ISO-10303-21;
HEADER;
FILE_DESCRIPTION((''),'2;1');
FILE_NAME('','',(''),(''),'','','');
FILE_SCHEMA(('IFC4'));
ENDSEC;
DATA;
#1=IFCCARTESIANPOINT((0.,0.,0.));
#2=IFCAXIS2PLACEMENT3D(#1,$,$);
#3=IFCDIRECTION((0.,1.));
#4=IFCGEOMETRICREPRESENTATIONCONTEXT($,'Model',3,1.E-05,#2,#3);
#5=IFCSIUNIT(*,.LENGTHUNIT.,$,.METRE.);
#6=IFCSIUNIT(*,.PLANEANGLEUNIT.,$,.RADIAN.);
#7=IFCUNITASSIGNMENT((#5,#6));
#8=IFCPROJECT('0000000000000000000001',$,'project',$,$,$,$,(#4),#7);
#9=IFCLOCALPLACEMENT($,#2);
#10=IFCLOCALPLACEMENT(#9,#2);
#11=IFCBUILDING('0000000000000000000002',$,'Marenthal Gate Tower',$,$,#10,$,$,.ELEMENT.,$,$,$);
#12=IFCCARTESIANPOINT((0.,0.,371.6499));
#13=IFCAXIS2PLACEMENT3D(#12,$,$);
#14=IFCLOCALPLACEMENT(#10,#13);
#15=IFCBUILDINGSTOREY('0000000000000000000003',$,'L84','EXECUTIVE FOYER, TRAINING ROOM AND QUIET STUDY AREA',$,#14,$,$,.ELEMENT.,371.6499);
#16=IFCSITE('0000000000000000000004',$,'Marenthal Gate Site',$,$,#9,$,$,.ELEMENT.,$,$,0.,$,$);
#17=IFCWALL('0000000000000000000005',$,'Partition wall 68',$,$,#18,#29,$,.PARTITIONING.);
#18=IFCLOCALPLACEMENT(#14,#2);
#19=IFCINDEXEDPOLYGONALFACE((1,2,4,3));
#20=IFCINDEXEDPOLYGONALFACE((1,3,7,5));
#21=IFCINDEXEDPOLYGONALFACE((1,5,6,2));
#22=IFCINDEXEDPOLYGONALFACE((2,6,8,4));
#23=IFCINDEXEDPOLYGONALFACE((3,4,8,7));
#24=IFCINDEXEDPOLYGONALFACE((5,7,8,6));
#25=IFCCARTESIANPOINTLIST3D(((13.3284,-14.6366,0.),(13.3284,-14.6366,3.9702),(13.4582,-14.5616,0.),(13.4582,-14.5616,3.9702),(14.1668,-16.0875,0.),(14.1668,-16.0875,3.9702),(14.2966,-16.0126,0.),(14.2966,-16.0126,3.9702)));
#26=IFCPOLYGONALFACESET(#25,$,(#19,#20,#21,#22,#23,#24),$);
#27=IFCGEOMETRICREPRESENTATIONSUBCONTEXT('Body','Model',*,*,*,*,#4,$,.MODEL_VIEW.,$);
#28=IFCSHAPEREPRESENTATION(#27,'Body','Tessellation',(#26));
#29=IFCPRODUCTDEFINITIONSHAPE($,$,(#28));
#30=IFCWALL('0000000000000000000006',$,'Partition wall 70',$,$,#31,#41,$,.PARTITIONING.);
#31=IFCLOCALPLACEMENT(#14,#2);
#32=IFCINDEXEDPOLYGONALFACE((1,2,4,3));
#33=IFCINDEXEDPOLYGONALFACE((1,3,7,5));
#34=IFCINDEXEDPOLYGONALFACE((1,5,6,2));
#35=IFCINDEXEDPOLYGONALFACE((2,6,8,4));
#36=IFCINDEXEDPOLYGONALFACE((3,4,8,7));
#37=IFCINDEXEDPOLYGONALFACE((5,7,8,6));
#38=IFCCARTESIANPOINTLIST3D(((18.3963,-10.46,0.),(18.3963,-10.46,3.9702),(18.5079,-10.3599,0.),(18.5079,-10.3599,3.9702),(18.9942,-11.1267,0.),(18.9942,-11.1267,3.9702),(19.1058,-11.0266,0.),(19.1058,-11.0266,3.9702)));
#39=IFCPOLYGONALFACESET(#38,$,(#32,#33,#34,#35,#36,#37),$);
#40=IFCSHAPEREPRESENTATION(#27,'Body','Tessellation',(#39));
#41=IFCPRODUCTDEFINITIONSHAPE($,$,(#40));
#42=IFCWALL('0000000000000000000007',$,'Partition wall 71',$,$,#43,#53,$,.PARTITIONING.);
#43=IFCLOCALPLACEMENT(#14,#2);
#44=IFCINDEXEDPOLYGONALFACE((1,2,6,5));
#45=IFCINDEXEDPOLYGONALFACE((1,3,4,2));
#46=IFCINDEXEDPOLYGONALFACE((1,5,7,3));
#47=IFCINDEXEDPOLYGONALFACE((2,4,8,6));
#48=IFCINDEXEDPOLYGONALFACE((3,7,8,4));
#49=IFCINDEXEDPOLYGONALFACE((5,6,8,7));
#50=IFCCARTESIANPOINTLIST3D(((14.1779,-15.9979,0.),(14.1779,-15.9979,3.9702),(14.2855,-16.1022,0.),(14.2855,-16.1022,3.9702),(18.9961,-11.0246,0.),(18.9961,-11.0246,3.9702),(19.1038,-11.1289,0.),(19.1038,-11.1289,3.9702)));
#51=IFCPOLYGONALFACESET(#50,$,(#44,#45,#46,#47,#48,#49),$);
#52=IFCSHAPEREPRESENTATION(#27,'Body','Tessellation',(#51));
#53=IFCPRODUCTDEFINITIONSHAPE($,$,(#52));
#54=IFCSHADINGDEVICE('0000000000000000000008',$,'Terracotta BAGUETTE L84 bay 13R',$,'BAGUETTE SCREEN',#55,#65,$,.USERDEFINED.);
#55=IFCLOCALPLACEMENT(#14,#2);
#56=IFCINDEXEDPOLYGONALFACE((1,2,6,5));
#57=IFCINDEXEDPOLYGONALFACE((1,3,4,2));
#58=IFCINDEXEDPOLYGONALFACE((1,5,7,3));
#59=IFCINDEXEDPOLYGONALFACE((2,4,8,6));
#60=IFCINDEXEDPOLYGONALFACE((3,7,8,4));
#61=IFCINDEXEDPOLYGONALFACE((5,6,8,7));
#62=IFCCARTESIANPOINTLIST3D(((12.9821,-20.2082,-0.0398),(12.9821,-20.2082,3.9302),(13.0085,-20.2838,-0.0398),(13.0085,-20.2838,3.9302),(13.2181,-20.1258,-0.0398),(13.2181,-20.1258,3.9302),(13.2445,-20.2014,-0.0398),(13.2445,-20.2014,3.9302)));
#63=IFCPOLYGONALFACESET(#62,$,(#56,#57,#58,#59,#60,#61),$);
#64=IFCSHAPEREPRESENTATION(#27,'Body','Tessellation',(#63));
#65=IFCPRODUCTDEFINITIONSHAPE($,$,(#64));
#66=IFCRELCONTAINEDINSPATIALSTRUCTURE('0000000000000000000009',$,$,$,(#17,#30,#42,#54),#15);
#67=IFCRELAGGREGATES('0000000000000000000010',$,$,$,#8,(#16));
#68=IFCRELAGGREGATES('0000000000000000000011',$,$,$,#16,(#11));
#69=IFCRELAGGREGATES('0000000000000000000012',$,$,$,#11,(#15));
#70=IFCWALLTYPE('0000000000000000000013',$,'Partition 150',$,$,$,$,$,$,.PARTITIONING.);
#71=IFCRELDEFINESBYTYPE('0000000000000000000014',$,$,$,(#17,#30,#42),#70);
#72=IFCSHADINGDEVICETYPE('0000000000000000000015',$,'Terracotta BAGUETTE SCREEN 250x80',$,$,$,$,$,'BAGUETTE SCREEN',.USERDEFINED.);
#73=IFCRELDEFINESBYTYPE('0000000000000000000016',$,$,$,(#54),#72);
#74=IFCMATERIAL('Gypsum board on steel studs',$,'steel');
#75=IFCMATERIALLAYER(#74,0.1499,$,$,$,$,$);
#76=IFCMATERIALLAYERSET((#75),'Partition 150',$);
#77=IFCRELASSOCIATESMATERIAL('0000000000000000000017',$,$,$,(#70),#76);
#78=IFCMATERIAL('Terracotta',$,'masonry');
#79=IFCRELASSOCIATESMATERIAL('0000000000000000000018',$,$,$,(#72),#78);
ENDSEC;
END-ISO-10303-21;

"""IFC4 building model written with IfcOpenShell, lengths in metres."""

from ifc_helpers import new_model, si_unit, direction, frame, frame_2d, origin, origin_2d, place, context, subcontext, project, spatial, rectangle, extrude, material, layer, layer_set, material_profile, profile_set, type_object, element, save


model = new_model("IFC4")

# Units and contexts
model_context = context("Model", 3, precision=1e-05, world=origin(), true_north=direction((0.0, 1.0)))
body_context = subcontext(model_context, "Body", "Model", "MODEL_VIEW")
ifc_project = project(units=[si_unit("LENGTHUNIT", "METRE"), si_unit("PLANEANGLEUNIT", "RADIAN")], contexts=[model_context])

# Site, building, storey
site_placement = place(None, origin())
site = spatial("IfcSite", under=ifc_project, at=site_placement, Name="Marenthal Gate Site", CompositionType="ELEMENT", RefElevation=0.0)
building_placement = place(site_placement, origin())
building = spatial("IfcBuilding", under=site, at=building_placement, Name="Marenthal Gate Tower", CompositionType="ELEMENT")
storey_placement = place(building_placement, frame((0.0, 0.0, 371.6499)))
storey = spatial("IfcBuildingStorey", under=building, at=storey_placement, Name="L84", Description="EXECUTIVE FOYER, TRAINING ROOM AND QUIET STUDY AREA", CompositionType="ELEMENT", Elevation=371.6499)

# Walls
ifc_material_1 = material(Name="Gypsum board on steel studs", Category="steel")
ifc_layer_1 = layer(ifc_material_1, 0.1499)
ifc_layer_set_1 = layer_set([ifc_layer_1], Name="Partition 150")
wall_type_1 = type_object("IfcWallType", Name="Partition 150", PredefinedType="PARTITIONING", material=ifc_layer_set_1)
wall_1_placement = place(storey_placement, frame((14.2317, -16.05, 0.0), z_axis=(0.0, 0.0, 1.0), x_axis=(-0.500307, 0.865848, 0.0)))
element("IfcWall", 1, at=wall_1_placement, inside=storey, type_object=wall_type_1, Name="Partition wall 68", PredefinedType="PARTITIONING", context=body_context, shape_type="SweptSolid", body=[
    extrude(rectangle(XDim=1.6758, YDim=0.1499, at=frame_2d((0.8379, 0.0))), origin(), (0.0, 0.0, 1.0), 3.9702),
])
wall_2_placement = place(storey_placement, frame((18.4521, -10.4099, 0.0), z_axis=(0.0, 0.0, 1.0), x_axis=(0.667623, -0.744499, 0.0)))
element("IfcWall", 2, at=wall_2_placement, inside=storey, type_object=wall_type_1, Name="Partition wall 70", PredefinedType="PARTITIONING", context=body_context, shape_type="SweptSolid", body=[
    extrude(rectangle(XDim=0.8955, YDim=0.1499, at=frame_2d((0.4478, 0.0))), origin(), (0.0, 0.0, 1.0), 3.9702),
])
wall_3_placement = place(storey_placement, frame((19.05, -11.0767, 0.0), z_axis=(0.0, 0.0, 1.0), x_axis=(-0.695824, -0.718212, 0.0)))
element("IfcWall", 3, at=wall_3_placement, inside=storey, type_object=wall_type_1, Name="Partition wall 71", PredefinedType="PARTITIONING", context=body_context, shape_type="SweptSolid", body=[
    extrude(rectangle(XDim=6.9246, YDim=0.1499, at=frame_2d((3.4624, 0.0))), origin(), (0.0, 0.0, 1.0), 3.9702),
])

# Shading device
ifc_material_2 = material(Name="Terracotta", Category="masonry")
ifc_material_profile_1 = material_profile(ifc_material_2, rectangle(XDim=0.25, YDim=0.0801, at=origin_2d()), Name="Terracotta baguette 250x80")
ifc_profile_set_1 = profile_set([ifc_material_profile_1], Name="Terracotta")
shading_device_type = type_object("IfcShadingDeviceType", Name="Terracotta BAGUETTE SCREEN 250x80", ElementType="BAGUETTE SCREEN", PredefinedType="USERDEFINED", material=ifc_profile_set_1)
shading_device_placement = place(storey_placement, frame((13.1133, -20.2048, -0.0398), z_axis=(0.0, 0.0, 1.0), x_axis=(0.944082, 0.32971, 0.0)))
element("IfcShadingDevice", 4, at=shading_device_placement, inside=storey, type_object=shading_device_type, Name="Terracotta BAGUETTE L84 bay 13R", ObjectType="BAGUETTE SCREEN", PredefinedType="USERDEFINED", context=body_context, shape_type="SweptSolid", body=[
    extrude(rectangle(XDim=0.25, YDim=0.0801, at=origin_2d()), origin(), (0.0, 0.0, 1.0), 3.97),
])

save(model, "model.ifc")
